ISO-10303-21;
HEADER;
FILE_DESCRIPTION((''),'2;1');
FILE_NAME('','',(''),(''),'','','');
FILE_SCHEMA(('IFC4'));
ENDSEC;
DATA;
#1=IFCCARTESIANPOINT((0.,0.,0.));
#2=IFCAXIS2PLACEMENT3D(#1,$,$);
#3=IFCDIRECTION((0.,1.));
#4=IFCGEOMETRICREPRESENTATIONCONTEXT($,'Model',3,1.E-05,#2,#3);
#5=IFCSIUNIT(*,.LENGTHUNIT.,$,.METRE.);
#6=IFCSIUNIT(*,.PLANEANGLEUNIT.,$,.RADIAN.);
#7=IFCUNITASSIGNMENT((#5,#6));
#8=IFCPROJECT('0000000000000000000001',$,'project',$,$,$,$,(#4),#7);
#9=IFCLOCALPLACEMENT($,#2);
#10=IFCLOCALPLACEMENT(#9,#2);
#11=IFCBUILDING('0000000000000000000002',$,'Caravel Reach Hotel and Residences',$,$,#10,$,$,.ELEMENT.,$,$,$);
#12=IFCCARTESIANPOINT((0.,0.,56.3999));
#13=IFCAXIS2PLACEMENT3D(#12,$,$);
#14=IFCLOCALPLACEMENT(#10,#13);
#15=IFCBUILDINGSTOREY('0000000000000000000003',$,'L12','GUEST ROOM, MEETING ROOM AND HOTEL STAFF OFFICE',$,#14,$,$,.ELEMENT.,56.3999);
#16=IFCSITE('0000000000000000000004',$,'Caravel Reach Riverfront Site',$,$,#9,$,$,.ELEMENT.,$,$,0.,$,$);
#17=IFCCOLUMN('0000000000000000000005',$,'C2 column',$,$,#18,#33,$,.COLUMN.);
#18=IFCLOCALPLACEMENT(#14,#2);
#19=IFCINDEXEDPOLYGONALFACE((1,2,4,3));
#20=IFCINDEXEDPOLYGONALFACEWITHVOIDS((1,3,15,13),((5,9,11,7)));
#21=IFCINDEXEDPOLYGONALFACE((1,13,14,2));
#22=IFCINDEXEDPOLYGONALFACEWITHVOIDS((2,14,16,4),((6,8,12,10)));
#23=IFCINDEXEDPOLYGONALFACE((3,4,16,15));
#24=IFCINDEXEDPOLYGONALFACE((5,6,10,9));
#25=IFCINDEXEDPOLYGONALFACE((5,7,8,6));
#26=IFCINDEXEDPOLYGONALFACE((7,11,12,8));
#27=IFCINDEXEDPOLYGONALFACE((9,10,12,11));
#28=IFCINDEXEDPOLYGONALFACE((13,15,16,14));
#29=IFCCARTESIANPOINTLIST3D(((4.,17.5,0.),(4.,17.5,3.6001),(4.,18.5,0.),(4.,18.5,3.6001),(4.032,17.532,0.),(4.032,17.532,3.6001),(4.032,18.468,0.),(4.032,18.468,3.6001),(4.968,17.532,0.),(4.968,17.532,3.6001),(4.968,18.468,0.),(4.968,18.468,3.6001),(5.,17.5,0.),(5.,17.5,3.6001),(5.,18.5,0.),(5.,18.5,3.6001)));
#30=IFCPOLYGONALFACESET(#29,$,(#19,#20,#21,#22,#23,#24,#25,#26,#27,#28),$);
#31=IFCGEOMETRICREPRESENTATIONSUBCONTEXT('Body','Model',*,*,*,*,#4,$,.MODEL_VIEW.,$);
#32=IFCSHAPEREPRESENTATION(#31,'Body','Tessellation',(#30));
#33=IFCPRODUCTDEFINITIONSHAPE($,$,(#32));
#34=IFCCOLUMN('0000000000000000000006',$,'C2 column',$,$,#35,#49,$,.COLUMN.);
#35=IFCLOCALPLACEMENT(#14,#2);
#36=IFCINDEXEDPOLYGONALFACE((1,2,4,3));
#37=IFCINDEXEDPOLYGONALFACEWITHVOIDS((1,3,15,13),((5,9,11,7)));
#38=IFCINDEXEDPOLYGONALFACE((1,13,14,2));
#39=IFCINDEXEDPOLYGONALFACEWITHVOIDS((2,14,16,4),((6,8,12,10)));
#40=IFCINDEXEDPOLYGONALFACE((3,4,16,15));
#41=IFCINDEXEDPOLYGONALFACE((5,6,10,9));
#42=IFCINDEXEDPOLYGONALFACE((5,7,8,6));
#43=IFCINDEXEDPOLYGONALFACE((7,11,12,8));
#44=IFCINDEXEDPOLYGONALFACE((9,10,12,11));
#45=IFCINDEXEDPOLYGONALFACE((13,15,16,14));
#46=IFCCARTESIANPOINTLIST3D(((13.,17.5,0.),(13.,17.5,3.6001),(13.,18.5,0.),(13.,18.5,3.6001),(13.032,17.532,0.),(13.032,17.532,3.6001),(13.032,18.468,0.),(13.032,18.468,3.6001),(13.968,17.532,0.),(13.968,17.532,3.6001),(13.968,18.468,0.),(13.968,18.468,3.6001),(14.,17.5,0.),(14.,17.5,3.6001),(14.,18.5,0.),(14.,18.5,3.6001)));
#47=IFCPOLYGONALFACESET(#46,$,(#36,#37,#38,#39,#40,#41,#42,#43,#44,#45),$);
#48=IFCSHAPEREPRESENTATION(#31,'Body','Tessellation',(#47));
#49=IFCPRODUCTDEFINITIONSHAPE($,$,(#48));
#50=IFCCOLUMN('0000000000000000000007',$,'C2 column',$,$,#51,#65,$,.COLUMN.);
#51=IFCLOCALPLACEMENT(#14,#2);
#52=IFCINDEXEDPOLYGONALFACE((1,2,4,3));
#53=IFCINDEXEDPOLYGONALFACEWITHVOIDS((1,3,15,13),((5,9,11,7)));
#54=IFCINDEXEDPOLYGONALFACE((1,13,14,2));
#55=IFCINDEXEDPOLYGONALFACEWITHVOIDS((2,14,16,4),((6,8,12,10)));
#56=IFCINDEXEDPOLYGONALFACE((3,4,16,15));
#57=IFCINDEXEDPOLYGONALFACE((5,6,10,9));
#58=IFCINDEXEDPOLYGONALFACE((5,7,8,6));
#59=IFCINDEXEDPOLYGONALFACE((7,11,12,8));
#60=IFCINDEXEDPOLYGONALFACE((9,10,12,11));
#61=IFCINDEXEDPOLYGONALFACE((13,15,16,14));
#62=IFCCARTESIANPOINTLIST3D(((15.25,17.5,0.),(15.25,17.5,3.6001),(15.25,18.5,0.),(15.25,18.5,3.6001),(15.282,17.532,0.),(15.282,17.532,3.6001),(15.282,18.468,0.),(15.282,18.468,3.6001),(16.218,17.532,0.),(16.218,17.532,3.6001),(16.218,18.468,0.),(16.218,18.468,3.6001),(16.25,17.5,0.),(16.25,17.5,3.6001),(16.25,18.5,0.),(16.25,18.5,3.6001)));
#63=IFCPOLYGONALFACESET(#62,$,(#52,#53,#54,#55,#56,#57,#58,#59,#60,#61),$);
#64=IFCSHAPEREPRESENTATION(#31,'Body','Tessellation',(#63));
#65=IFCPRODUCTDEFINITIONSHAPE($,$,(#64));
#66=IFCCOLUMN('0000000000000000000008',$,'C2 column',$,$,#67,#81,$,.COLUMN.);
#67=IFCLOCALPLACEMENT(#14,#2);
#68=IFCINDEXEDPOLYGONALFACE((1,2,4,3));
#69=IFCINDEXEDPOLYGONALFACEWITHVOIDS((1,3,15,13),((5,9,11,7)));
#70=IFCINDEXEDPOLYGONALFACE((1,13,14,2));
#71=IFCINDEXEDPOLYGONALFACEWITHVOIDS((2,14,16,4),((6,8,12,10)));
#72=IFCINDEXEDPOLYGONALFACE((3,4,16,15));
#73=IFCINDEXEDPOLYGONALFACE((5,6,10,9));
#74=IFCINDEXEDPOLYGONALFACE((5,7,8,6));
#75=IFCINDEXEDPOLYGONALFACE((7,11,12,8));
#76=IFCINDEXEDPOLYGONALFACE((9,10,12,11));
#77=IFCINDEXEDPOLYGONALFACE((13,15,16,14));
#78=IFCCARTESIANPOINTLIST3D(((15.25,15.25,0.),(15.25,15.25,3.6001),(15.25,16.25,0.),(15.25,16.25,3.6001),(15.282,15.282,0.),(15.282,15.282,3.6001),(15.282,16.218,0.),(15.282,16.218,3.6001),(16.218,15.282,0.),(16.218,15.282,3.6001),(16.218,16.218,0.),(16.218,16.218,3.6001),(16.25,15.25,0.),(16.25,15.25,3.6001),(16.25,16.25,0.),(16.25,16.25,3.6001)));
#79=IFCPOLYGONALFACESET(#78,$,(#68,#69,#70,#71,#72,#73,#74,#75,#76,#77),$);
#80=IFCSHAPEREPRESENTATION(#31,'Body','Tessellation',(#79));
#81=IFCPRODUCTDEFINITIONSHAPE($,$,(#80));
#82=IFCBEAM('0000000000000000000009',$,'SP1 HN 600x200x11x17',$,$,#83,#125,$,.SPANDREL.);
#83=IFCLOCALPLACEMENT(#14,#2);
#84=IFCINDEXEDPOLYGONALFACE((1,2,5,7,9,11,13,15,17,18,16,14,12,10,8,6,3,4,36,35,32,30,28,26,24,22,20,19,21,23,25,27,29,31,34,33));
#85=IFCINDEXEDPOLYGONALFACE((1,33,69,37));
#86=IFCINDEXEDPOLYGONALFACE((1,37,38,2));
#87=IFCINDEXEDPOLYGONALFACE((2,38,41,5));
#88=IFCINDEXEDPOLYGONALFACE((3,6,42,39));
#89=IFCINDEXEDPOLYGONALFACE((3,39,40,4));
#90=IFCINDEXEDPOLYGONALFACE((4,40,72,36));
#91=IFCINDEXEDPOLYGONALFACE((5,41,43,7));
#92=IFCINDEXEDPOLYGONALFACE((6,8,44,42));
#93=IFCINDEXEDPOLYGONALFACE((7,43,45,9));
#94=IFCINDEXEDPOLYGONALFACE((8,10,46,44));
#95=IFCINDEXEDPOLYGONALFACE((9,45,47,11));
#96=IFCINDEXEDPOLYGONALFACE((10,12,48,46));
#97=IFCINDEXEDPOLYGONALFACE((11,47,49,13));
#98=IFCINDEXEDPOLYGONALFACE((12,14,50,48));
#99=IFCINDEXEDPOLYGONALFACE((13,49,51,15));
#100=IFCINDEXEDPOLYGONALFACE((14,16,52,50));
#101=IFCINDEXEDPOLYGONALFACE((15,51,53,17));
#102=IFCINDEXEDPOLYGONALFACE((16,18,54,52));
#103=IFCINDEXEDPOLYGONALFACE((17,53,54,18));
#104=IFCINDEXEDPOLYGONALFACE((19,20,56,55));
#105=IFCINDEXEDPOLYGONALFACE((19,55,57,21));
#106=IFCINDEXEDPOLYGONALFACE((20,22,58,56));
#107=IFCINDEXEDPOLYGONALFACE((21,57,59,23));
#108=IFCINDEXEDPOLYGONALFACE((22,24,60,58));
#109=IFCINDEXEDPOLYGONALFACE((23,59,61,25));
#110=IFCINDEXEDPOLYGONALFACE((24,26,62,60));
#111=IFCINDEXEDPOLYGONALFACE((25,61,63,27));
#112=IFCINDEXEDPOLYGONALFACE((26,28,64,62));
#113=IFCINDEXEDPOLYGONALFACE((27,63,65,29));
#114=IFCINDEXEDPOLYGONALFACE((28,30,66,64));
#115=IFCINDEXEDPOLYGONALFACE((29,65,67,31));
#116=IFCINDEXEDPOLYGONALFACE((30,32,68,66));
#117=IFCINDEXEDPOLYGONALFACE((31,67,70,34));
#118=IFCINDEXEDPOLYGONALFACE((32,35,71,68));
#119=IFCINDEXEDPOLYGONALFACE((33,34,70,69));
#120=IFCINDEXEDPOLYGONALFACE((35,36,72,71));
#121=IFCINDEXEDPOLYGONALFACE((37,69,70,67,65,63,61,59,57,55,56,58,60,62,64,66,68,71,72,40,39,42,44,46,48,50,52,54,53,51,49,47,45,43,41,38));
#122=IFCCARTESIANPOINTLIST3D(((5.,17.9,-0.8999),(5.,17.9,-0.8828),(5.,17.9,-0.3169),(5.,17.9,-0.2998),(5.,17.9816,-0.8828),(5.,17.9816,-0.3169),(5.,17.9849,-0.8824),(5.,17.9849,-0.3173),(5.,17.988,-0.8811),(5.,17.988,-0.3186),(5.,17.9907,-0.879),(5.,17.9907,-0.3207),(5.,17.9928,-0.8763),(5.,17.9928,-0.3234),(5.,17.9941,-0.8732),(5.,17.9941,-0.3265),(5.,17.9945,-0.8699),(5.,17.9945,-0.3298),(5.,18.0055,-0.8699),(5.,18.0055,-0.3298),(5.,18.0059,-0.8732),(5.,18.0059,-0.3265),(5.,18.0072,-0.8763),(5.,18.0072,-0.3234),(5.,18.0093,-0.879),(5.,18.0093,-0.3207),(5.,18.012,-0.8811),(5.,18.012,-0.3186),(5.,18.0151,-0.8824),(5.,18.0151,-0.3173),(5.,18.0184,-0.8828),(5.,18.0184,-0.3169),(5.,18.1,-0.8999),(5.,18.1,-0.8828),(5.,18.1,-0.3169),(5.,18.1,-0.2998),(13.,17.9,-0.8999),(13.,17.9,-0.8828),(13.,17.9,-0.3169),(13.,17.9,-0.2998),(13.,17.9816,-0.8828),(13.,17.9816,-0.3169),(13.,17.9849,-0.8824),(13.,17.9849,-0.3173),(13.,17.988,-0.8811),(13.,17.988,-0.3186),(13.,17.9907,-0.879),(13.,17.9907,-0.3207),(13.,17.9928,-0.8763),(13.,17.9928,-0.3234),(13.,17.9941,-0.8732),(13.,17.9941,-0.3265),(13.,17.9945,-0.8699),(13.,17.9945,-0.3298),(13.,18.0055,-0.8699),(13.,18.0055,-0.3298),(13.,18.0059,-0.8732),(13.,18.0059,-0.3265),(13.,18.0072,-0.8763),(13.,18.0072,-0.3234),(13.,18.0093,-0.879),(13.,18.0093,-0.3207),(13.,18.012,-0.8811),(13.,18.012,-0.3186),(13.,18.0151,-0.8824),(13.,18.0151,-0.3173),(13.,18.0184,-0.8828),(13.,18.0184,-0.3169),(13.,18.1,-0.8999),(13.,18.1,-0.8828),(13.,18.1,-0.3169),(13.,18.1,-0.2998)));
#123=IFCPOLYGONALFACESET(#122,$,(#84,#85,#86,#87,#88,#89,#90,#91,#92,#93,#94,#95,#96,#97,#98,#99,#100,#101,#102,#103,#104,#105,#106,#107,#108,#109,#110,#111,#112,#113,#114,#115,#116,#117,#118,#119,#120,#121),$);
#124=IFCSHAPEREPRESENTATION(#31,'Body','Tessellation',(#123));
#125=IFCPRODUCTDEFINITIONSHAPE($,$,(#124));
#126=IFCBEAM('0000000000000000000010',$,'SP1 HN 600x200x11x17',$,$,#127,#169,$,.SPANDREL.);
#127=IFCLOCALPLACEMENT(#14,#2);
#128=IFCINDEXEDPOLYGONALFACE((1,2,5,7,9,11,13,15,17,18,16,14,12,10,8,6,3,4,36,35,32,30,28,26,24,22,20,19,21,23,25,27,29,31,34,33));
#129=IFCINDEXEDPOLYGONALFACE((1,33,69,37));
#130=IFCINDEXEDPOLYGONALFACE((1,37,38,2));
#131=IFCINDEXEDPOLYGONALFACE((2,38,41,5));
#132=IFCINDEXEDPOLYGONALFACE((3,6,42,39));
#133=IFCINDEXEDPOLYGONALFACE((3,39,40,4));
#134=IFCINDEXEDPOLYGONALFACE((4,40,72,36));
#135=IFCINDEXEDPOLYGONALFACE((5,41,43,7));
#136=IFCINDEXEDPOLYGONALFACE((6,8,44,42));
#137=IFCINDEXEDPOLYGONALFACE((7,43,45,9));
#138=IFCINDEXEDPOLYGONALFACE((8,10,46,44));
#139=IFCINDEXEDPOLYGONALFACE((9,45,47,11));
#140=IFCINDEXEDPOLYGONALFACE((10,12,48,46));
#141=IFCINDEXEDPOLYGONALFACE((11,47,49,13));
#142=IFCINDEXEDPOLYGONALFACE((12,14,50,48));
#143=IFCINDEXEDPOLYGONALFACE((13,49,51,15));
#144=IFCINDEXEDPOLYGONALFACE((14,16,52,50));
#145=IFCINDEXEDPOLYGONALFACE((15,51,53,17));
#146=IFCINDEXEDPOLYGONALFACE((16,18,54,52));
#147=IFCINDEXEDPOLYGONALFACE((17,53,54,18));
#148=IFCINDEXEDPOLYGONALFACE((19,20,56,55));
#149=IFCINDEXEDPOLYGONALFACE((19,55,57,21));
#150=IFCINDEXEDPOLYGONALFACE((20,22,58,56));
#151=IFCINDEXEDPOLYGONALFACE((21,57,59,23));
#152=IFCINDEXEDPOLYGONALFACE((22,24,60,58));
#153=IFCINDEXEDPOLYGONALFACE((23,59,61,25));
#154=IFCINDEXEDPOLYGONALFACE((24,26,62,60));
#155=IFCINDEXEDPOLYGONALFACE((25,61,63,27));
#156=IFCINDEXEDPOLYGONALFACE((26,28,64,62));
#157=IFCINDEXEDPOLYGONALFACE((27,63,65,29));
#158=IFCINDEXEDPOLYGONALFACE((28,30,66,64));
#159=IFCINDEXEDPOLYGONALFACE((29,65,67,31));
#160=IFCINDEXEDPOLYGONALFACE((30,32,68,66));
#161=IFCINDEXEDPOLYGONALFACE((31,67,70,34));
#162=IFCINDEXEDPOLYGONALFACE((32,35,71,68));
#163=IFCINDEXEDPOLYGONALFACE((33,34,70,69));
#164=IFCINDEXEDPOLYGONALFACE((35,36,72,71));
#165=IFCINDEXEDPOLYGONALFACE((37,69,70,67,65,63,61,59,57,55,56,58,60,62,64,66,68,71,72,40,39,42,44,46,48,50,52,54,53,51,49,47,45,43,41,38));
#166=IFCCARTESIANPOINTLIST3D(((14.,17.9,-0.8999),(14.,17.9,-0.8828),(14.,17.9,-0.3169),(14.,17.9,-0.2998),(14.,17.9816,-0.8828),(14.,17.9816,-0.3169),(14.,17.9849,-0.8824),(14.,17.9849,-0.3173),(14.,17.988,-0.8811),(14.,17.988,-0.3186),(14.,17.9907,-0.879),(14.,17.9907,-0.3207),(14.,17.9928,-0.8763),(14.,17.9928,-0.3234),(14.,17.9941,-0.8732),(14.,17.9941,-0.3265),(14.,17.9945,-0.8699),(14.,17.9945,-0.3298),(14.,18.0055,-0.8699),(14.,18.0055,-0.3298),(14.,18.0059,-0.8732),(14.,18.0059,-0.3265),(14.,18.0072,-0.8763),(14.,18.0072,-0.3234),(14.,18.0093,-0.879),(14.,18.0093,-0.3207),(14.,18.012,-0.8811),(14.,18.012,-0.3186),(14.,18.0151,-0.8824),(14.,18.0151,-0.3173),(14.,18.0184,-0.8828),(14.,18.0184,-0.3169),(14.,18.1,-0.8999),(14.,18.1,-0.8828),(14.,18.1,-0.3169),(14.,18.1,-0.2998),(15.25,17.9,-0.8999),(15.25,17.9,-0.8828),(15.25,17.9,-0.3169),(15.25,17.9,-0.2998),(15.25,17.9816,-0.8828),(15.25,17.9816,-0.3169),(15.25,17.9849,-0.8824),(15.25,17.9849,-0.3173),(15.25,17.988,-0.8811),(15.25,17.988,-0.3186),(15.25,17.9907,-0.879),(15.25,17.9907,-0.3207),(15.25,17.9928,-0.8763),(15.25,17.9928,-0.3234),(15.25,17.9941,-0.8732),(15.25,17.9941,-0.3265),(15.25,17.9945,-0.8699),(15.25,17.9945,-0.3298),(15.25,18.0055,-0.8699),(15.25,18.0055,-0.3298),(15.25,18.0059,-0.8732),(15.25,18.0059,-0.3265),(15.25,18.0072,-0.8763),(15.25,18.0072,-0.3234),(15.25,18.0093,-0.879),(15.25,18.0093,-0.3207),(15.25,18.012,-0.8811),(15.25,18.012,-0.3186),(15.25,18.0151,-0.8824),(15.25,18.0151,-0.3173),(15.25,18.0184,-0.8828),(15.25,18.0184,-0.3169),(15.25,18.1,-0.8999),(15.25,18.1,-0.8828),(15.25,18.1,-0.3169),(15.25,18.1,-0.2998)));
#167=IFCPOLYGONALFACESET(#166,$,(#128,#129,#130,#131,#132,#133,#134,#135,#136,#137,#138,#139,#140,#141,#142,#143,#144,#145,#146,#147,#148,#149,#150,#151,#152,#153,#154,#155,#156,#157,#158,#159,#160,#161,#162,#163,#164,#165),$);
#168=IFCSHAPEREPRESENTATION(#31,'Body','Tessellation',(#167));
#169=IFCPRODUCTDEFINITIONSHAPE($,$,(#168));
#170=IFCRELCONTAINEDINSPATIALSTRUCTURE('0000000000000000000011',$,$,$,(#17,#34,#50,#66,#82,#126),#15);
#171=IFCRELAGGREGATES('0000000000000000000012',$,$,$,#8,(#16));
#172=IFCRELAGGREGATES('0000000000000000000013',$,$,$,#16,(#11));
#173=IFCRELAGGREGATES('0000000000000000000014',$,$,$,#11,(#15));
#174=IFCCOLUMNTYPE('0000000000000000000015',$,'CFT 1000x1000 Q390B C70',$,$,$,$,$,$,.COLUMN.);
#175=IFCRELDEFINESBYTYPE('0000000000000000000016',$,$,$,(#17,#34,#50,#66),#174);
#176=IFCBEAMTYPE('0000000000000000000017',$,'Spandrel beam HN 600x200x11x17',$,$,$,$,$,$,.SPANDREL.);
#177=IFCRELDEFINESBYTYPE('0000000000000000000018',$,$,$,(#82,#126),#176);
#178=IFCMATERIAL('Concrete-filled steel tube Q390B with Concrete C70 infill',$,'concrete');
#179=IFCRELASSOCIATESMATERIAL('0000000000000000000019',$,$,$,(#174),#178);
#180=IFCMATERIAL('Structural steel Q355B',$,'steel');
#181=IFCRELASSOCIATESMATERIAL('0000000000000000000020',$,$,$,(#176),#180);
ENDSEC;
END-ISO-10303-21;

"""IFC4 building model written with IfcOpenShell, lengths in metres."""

from ifc_helpers import new_model, si_unit, direction, frame, origin, origin_2d, place, context, subcontext, project, spatial, hollow_rectangle, i_section, extrude, material, material_profile, profile_set, type_object, element, save


model = new_model("IFC4")

# Units and contexts
model_context = context("Model", 3, precision=1e-05, world=origin(), true_north=direction((0.0, 1.0)))
body_context = subcontext(model_context, "Body", "Model", "MODEL_VIEW")
ifc_project = project(units=[si_unit("LENGTHUNIT", "METRE"), si_unit("PLANEANGLEUNIT", "RADIAN")], contexts=[model_context])

# Site, building, storey
site_placement = place(None, origin())
site = spatial("IfcSite", under=ifc_project, at=site_placement, Name="Caravel Reach Riverfront Site", CompositionType="ELEMENT", RefElevation=0.0)
building_placement = place(site_placement, origin())
building = spatial("IfcBuilding", under=site, at=building_placement, Name="Caravel Reach Hotel and Residences", CompositionType="ELEMENT")
storey_placement = place(building_placement, frame((0.0, 0.0, 56.3999)))
storey = spatial("IfcBuildingStorey", under=building, at=storey_placement, Name="L12", Description="GUEST ROOM, MEETING ROOM AND HOTEL STAFF OFFICE", CompositionType="ELEMENT", Elevation=56.3999)

# Columns
ifc_material_1 = material(Name="Concrete-filled steel tube Q390B with Concrete C70 infill", Category="concrete")
ifc_material_profile_1 = material_profile(ifc_material_1, hollow_rectangle(XDim=1.0, YDim=1.0, WallThickness=0.032, at=origin_2d()), Name="RHS 1000x1000x32")
ifc_profile_set_1 = profile_set([ifc_material_profile_1], Name="Concrete-filled steel tube Q390B with Concrete C70 infill")
column_type = type_object("IfcColumnType", Name="CFT 1000x1000 Q390B C70", PredefinedType="COLUMN", material=ifc_profile_set_1)
for number, where, z_axis, x_axis, name in (
    (1, (4.5, 18.0, 0.0), (0.0, 0.0, 1.0), (1.0, 0.0, 0.0), "C2 column"),
    (2, (13.5, 18.0, 0.0), (0.0, 0.0, 1.0), (1.0, 0.0, 0.0), "C2 column"),
    (3, (15.75, 18.0, 0.0), (0.0, 0.0, 1.0), (1.0, 0.0, 0.0), "C2 column"),
    (4, (15.75, 15.75, 0.0), (0.0, 0.0, 1.0), (1.0, 0.0, 0.0), "C2 column"),
):
    element("IfcColumn", number, at=place(storey_placement, frame(where, z_axis=z_axis, x_axis=x_axis)), inside=storey, type_object=column_type, Name=name, PredefinedType="COLUMN", context=body_context, shape_type="SweptSolid", body=[
        extrude(hollow_rectangle(XDim=1.0, YDim=1.0, WallThickness=0.032, at=origin_2d()), origin(), (0.0, 0.0, 1.0), 3.6001),
    ])

# Beams
ifc_material_2 = material(Name="Structural steel Q355B", Category="steel")
ifc_material_profile_2 = material_profile(ifc_material_2, i_section(OverallWidth=0.2, OverallDepth=0.6001, WebThickness=0.011, FlangeThickness=0.0171, FilletRadius=0.0129, at=origin_2d()), Name="HN 600x200x11x17")
ifc_profile_set_2 = profile_set([ifc_material_profile_2], Name="Structural steel Q355B")
beam_type = type_object("IfcBeamType", Name="Spandrel beam HN 600x200x11x17", PredefinedType="SPANDREL", material=ifc_profile_set_2)
beam_placement = place(storey_placement, frame((5.0, 18.0, -0.5999), z_axis=(1.0, 0.0, 0.0), x_axis=(0.0, 1.0, 0.0)))
element("IfcBeam", 5, at=beam_placement, inside=storey, type_object=beam_type, Name="SP1 HN 600x200x11x17", PredefinedType="SPANDREL", context=body_context, shape_type="SweptSolid", body=[
    extrude(i_section(OverallWidth=0.2, OverallDepth=0.6001, WebThickness=0.011, FlangeThickness=0.0171, FilletRadius=0.0129, at=origin_2d()), origin(), (0.0, 0.0, 1.0), 8.0),
])
for number, where, z_axis, x_axis, name in (
    (6, (14.0, 18.0, -0.5999), (1.0, 0.0, 0.0), (0.0, 1.0, 0.0), "SP1 HN 600x200x11x17"),
):
    element("IfcBeam", number, at=place(storey_placement, frame(where, z_axis=z_axis, x_axis=x_axis)), inside=storey, type_object=beam_type, Name=name, PredefinedType="SPANDREL", context=body_context, shape_type="SweptSolid", body=[
        extrude(i_section(OverallWidth=0.2, OverallDepth=0.6001, WebThickness=0.011, FlangeThickness=0.0171, FilletRadius=0.0129, at=origin_2d()), origin(), (0.0, 0.0, 1.0), 1.25),
    ])

save(model, "model.ifc")
